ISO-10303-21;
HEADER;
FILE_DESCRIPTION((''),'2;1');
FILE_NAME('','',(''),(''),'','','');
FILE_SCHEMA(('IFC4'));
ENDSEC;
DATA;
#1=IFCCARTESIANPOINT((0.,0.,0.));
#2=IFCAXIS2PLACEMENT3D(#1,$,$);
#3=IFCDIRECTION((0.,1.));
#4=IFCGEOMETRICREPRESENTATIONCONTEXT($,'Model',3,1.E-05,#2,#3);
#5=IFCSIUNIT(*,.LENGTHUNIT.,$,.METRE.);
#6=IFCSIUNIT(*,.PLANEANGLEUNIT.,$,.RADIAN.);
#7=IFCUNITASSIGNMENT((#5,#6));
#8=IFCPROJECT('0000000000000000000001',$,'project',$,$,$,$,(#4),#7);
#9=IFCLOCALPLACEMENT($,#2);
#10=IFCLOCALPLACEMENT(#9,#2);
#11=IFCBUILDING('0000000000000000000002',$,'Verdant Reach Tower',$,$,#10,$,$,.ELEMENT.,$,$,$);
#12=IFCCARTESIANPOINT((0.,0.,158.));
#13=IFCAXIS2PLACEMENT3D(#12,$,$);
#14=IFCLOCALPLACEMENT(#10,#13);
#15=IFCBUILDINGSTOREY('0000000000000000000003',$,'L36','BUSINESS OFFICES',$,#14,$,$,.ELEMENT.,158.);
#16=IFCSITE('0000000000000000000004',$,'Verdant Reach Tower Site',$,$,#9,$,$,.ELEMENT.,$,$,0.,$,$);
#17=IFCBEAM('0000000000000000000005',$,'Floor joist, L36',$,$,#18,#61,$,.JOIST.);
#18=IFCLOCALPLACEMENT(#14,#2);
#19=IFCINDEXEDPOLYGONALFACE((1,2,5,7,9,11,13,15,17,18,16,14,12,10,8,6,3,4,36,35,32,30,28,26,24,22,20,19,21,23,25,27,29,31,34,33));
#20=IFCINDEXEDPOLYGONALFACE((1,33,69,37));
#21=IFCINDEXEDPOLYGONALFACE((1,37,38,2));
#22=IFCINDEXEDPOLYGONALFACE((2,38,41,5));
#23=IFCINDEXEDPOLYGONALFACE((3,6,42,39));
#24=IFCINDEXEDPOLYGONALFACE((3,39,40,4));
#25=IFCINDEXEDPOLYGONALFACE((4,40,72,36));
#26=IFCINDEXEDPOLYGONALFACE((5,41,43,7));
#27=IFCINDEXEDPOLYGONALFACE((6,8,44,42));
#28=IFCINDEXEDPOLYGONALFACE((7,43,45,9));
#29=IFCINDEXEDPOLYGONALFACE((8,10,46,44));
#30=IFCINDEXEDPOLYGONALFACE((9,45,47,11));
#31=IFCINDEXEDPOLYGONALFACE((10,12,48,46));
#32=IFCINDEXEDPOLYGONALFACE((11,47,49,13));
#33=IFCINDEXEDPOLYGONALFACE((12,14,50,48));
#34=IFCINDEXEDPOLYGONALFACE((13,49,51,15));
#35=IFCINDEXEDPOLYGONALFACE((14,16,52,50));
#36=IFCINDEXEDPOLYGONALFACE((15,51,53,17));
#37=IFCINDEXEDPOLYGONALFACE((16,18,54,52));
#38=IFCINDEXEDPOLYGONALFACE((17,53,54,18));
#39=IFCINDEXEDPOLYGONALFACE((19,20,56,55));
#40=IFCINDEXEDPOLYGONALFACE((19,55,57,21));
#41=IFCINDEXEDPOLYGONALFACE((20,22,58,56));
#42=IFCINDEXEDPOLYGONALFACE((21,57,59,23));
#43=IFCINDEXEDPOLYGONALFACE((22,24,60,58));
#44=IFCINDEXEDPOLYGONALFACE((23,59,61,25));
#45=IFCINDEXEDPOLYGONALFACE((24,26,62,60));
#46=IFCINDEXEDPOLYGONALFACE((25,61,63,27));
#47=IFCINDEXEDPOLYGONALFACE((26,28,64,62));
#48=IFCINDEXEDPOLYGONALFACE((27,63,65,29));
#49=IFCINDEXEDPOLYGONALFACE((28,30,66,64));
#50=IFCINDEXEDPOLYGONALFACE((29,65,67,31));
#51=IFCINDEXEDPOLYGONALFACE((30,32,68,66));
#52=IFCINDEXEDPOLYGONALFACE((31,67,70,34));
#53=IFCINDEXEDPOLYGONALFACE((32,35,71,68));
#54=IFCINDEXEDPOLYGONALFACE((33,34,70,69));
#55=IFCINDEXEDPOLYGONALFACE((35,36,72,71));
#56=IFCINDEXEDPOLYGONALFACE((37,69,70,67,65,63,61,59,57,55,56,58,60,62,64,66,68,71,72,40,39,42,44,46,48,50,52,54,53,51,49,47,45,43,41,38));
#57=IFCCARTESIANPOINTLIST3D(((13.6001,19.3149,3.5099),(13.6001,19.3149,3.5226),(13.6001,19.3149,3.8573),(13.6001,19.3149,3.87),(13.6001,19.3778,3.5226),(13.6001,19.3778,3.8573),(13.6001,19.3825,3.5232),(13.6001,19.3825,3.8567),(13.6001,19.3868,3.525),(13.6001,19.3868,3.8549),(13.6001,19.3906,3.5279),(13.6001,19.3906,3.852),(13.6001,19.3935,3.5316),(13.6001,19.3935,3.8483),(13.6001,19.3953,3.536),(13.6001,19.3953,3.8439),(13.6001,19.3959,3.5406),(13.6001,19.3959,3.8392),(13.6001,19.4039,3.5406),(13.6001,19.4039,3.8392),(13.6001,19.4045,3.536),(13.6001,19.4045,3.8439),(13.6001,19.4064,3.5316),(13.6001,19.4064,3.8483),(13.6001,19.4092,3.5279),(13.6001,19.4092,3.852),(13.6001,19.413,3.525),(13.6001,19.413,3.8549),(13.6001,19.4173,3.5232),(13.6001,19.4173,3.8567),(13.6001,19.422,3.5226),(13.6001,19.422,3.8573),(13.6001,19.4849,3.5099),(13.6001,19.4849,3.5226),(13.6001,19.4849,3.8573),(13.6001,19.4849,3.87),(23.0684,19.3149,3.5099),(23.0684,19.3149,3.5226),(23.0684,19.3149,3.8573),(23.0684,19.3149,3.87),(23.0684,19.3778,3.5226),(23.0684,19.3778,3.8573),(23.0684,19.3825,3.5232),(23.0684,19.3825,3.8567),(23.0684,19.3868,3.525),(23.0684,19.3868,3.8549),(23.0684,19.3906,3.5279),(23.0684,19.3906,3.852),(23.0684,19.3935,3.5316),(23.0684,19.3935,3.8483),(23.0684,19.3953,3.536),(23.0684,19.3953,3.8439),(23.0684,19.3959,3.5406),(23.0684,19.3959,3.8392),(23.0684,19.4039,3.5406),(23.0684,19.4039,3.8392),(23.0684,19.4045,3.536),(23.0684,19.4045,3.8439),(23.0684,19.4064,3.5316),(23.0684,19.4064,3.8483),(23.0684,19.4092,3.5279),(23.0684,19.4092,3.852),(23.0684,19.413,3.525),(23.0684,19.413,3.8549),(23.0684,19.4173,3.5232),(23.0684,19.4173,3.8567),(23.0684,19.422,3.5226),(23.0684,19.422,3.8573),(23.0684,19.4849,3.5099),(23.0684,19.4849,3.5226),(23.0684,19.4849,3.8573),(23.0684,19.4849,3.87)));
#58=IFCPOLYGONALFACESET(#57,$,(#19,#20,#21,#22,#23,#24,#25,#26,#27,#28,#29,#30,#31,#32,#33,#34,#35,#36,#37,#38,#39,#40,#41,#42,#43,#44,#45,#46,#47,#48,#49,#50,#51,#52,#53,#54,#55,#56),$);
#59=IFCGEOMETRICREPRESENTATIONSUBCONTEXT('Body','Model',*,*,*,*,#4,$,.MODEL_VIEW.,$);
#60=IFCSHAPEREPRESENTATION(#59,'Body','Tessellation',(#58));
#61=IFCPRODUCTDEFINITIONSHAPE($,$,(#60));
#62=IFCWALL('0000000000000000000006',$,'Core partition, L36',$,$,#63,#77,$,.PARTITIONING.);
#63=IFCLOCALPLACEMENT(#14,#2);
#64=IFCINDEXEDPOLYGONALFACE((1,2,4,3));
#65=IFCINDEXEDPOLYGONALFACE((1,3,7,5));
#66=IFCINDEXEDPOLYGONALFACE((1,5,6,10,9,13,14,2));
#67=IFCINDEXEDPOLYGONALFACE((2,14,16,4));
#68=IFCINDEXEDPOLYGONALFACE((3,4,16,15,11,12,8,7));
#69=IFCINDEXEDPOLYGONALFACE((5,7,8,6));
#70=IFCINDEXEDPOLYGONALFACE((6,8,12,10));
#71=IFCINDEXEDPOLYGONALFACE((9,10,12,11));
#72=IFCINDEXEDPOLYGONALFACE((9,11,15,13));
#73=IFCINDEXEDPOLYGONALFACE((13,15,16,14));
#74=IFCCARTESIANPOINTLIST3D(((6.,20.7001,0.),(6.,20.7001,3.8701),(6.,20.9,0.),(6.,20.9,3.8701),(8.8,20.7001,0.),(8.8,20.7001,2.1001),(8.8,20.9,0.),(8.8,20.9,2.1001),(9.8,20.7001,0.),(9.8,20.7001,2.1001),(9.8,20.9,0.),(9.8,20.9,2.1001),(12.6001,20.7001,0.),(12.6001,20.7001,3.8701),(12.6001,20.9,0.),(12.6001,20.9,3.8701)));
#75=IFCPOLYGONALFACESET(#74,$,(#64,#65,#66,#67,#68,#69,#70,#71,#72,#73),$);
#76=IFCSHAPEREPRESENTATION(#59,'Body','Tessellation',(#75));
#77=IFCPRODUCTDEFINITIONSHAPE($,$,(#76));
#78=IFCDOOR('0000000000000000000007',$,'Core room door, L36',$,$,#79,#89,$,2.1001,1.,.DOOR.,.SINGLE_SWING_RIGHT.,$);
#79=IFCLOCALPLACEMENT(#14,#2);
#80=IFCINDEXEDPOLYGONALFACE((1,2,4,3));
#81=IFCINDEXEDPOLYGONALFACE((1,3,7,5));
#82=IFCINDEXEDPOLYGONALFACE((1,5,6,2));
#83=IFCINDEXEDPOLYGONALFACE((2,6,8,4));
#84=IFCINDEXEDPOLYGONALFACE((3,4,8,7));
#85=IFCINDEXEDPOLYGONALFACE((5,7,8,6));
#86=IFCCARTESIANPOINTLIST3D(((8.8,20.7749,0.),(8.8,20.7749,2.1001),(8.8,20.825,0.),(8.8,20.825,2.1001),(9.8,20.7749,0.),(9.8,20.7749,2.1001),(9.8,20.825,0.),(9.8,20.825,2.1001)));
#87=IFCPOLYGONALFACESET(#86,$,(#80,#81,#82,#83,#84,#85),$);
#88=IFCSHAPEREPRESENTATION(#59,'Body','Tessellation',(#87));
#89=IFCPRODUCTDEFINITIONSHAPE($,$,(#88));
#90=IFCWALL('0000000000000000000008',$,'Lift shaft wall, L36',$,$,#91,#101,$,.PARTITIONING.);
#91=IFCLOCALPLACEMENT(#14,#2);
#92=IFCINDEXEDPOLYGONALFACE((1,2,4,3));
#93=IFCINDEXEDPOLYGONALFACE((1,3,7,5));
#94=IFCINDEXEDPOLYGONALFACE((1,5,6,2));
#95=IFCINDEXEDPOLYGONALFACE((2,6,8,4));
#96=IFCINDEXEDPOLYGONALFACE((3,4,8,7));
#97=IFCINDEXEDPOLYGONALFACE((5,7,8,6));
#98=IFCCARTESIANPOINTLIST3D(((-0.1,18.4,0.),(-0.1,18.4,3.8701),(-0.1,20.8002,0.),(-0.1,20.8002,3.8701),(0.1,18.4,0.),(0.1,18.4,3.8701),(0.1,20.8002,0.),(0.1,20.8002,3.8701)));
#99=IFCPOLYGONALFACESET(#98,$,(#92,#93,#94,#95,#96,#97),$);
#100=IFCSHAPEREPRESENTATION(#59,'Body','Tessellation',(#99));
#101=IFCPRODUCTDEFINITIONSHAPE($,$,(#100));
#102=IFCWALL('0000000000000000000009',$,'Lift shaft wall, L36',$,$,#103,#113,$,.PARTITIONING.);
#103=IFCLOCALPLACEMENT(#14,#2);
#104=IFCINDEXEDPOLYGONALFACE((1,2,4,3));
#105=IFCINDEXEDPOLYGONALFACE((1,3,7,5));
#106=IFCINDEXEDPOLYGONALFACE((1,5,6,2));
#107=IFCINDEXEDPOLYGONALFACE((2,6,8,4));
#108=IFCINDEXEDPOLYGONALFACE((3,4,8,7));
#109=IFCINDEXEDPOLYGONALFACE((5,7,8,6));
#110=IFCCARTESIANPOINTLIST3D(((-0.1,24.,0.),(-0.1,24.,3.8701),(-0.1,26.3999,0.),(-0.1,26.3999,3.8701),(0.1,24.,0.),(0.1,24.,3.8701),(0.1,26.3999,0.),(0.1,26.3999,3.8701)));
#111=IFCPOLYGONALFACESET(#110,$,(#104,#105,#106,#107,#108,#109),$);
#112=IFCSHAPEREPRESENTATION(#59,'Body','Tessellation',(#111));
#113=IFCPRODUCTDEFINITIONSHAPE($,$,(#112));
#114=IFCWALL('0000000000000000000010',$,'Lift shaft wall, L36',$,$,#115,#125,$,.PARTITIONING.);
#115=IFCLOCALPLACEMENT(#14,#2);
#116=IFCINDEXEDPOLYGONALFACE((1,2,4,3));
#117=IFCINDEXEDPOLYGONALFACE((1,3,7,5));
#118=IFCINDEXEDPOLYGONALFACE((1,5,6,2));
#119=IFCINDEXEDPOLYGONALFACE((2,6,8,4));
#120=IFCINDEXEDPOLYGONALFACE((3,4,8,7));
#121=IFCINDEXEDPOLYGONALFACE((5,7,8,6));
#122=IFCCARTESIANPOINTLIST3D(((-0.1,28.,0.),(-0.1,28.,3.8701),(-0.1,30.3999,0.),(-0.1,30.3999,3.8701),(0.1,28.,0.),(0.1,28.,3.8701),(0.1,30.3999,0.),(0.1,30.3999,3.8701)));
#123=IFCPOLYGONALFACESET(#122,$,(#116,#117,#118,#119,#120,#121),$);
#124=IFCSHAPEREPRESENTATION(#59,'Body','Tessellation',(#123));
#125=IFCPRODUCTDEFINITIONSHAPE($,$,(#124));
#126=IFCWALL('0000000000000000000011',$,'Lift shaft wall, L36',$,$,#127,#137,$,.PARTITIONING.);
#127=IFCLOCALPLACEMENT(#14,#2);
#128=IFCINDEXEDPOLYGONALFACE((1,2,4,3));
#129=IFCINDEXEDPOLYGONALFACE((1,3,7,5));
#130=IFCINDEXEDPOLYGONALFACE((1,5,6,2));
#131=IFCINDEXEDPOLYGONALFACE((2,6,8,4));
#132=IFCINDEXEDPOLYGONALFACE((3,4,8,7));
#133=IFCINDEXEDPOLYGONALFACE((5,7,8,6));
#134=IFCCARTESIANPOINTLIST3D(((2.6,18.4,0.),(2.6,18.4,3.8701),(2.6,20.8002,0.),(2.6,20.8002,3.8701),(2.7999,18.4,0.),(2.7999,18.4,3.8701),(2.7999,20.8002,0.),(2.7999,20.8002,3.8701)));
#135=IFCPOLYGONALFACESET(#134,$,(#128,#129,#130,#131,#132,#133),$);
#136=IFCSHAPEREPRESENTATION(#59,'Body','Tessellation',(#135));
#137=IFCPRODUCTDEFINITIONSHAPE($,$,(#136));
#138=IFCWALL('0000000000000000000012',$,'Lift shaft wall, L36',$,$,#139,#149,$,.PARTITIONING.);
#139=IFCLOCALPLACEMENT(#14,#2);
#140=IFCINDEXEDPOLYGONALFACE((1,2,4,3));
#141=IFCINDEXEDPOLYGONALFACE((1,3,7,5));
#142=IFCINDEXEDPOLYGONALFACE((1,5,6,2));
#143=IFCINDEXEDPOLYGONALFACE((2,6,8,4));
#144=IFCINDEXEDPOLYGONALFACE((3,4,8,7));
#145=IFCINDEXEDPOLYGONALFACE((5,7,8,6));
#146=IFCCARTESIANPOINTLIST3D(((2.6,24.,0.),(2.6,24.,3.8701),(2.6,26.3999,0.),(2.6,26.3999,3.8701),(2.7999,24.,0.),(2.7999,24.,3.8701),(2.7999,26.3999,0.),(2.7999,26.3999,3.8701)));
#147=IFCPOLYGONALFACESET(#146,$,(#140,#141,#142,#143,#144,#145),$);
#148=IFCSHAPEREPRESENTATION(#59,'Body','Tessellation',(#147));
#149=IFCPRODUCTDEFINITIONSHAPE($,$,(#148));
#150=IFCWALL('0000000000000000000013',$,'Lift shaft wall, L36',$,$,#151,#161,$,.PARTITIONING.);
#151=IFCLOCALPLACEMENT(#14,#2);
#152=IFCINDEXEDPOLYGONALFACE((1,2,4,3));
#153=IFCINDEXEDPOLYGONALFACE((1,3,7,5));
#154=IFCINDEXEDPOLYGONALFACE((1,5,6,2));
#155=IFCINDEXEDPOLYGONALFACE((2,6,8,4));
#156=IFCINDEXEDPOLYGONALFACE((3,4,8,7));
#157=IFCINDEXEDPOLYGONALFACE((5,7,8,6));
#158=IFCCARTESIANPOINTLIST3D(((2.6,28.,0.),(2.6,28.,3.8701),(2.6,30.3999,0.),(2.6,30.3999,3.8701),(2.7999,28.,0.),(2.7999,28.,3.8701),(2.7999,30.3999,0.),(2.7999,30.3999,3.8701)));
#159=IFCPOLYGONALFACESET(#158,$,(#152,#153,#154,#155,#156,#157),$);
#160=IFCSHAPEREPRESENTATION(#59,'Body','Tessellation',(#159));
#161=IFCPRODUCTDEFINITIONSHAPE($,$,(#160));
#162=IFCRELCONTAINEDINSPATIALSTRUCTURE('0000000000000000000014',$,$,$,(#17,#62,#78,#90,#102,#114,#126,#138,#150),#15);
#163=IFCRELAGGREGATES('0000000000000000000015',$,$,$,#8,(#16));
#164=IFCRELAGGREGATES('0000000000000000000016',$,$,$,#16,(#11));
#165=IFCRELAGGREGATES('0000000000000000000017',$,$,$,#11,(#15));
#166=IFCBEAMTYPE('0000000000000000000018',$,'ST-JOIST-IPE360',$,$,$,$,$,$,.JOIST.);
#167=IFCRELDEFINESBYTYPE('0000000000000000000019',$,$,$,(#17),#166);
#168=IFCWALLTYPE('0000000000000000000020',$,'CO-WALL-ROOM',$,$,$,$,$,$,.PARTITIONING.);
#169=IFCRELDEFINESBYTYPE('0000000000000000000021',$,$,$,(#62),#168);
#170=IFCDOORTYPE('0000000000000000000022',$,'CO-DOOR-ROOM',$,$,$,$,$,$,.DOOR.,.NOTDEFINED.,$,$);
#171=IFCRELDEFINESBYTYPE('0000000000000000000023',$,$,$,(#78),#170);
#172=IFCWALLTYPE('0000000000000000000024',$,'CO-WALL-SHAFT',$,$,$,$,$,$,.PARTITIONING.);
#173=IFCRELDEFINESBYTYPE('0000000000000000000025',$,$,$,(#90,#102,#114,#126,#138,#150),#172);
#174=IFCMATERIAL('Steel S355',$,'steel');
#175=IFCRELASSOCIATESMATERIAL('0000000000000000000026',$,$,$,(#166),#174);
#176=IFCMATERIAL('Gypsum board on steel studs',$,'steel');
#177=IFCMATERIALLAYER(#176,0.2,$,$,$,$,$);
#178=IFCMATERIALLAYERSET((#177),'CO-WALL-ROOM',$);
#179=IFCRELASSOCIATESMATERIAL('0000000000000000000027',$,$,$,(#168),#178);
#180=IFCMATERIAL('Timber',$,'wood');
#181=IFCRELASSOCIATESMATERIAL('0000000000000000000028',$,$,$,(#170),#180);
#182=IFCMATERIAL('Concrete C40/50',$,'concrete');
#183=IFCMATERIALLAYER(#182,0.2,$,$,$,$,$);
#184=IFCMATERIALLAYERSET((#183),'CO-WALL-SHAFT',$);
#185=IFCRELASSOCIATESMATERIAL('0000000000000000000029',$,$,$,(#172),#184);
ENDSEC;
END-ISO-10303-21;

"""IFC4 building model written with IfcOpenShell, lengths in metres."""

from ifc_helpers import new_model, si_unit, direction, frame, frame_2d, origin, origin_2d, place, context, subcontext, project, spatial, rectangle, i_section, extrude, material, layer, layer_set, material_profile, profile_set, type_object, element, fill, save


model = new_model("IFC4")

# Units and contexts
model_context = context("Model", 3, precision=1e-05, world=origin(), true_north=direction((0.0, 1.0)))
body_context = subcontext(model_context, "Body", "Model", "MODEL_VIEW")
ifc_project = project(units=[si_unit("LENGTHUNIT", "METRE"), si_unit("PLANEANGLEUNIT", "RADIAN")], contexts=[model_context])

# Site, building, storey
site_placement = place(None, origin())
site = spatial("IfcSite", under=ifc_project, at=site_placement, Name="Verdant Reach Tower Site", CompositionType="ELEMENT", RefElevation=0.0)
building_placement = place(site_placement, origin())
building = spatial("IfcBuilding", under=site, at=building_placement, Name="Verdant Reach Tower", CompositionType="ELEMENT")
storey_placement = place(building_placement, frame((0.0, 0.0, 158.0)))
storey = spatial("IfcBuildingStorey", under=building, at=storey_placement, Name="L36", Description="BUSINESS OFFICES", CompositionType="ELEMENT", Elevation=158.0)

# Beam
ifc_material_1 = material(Name="Steel S355", Category="steel")
ifc_material_profile = material_profile(ifc_material_1, i_section(OverallWidth=0.1699, OverallDepth=0.3601, WebThickness=0.0081, FlangeThickness=0.0127, FilletRadius=0.0181, at=origin_2d()), Name="IPE 360")
ifc_profile_set = profile_set([ifc_material_profile], Name="Steel S355")
beam_type = type_object("IfcBeamType", Name="ST-JOIST-IPE360", PredefinedType="JOIST", material=ifc_profile_set)
beam_placement = place(storey_placement, frame((13.6001, 19.3999, 3.6899), z_axis=(1.0, 0.0, 0.0), x_axis=(0.0, 1.0, 0.0)))
element("IfcBeam", 1, at=beam_placement, inside=storey, type_object=beam_type, Name="Floor joist, L36", PredefinedType="JOIST", context=body_context, shape_type="SweptSolid", body=[
    extrude(i_section(OverallWidth=0.1699, OverallDepth=0.3601, WebThickness=0.0081, FlangeThickness=0.0127, FilletRadius=0.0181, at=origin_2d()), origin(), (0.0, 0.0, 1.0), 9.4683),
])

# Wall, opening, door
ifc_material_2 = material(Name="Gypsum board on steel studs", Category="steel")
ifc_layer_1 = layer(ifc_material_2, 0.2)
ifc_layer_set_1 = layer_set([ifc_layer_1], Name="CO-WALL-ROOM")
wall_type_1 = type_object("IfcWallType", Name="CO-WALL-ROOM", PredefinedType="PARTITIONING", material=ifc_layer_set_1)
wall_1_placement = place(storey_placement, frame((6.0, 20.8, 0.0), z_axis=(0.0, 0.0, 1.0), x_axis=(1.0, 0.0, 0.0)))
wall_1 = element("IfcWall", 2, at=wall_1_placement, inside=storey, type_object=wall_type_1, Name="Core partition, L36", PredefinedType="PARTITIONING", context=body_context, shape_type="SweptSolid", body=[
    extrude(rectangle(XDim=6.6001, YDim=0.2, at=frame_2d((3.3, 0.0))), origin(), (0.0, 0.0, 1.0), 3.8701),
])
opening_1_placement = place(wall_1_placement, frame((2.8, 0.0, 0.0)))
opening_1 = element("IfcOpeningElement", 3, at=opening_1_placement, cuts=wall_1, PredefinedType="OPENING", context=body_context, shape_type="SweptSolid", body=[
    extrude(rectangle(XDim=1.0, YDim=2.1001, at=frame_2d((0.5, 1.05))), frame((0.0, 0.1099, 0.0), z_axis=(0.0, -1.0, 0.0), x_axis=(1.0, 0.0, 0.0)), (0.0, 0.0, 1.0), 0.22),
])
ifc_material_3 = material(Name="Timber", Category="wood")
door_type_1 = type_object("IfcDoorType", Name="CO-DOOR-ROOM", OperationType="NOTDEFINED", PredefinedType="DOOR", material=ifc_material_3)
door_1_placement = place(opening_1_placement, origin())
door_1 = element("IfcDoor", 4, at=door_1_placement, inside=storey, type_object=door_type_1, Name="Core room door, L36", OperationType="SINGLE_SWING_RIGHT", OverallHeight=2.1001, OverallWidth=1.0, PredefinedType="DOOR", context=body_context, shape_type="SweptSolid", body=[
    extrude(rectangle(XDim=1.0, YDim=2.1001, at=frame_2d((0.5, 1.05))), frame((0.0, 0.0249, 0.0), z_axis=(0.0, -1.0, 0.0), x_axis=(1.0, 0.0, 0.0)), (0.0, 0.0, 1.0), 0.05),
])
fill(opening_1, door_1)

# Walls
ifc_material_4 = material(Name="Concrete C40/50", Category="concrete")
ifc_layer_2 = layer(ifc_material_4, 0.2)
ifc_layer_set_2 = layer_set([ifc_layer_2], Name="CO-WALL-SHAFT")
wall_type_2 = type_object("IfcWallType", Name="CO-WALL-SHAFT", PredefinedType="PARTITIONING", material=ifc_layer_set_2)
wall_2_placement = place(storey_placement, frame((0.0, 18.3999, 0.0), z_axis=(0.0, 0.0, 1.0), x_axis=(0.0, 1.0, 0.0)))
element("IfcWall", 5, at=wall_2_placement, inside=storey, type_object=wall_type_2, Name="Lift shaft wall, L36", PredefinedType="PARTITIONING", context=body_context, shape_type="SweptSolid", body=[
    extrude(rectangle(XDim=2.4001, YDim=0.2, at=frame_2d((1.2002, 0.0))), origin(), (0.0, 0.0, 1.0), 3.8701),
])
for number, where, z_axis, x_axis, name in (
    (6, (0.0, 24.0, 0.0), (0.0, 0.0, 1.0), (0.0, 1.0, 0.0), "Lift shaft wall, L36"),
    (7, (0.0, 28.0, 0.0), (0.0, 0.0, 1.0), (0.0, 1.0, 0.0), "Lift shaft wall, L36"),
):
    element("IfcWall", number, at=place(storey_placement, frame(where, z_axis=z_axis, x_axis=x_axis)), inside=storey, type_object=wall_type_2, Name=name, PredefinedType="PARTITIONING", context=body_context, shape_type="SweptSolid", body=[
        extrude(rectangle(XDim=2.3999, YDim=0.2, at=frame_2d((1.2, 0.0))), origin(), (0.0, 0.0, 1.0), 3.8701),
    ])
wall_3_placement = place(storey_placement, frame((2.7, 18.3999, 0.0), z_axis=(0.0, 0.0, 1.0), x_axis=(0.0, 1.0, 0.0)))
element("IfcWall", 8, at=wall_3_placement, inside=storey, type_object=wall_type_2, Name="Lift shaft wall, L36", PredefinedType="PARTITIONING", context=body_context, shape_type="SweptSolid", body=[
    extrude(rectangle(XDim=2.4001, YDim=0.2, at=frame_2d((1.2002, 0.0))), origin(), (0.0, 0.0, 1.0), 3.8701),
])
for number, where, z_axis, x_axis, name in (
    (9, (2.7, 24.0, 0.0), (0.0, 0.0, 1.0), (0.0, 1.0, 0.0), "Lift shaft wall, L36"),
    (10, (2.7, 28.0, 0.0), (0.0, 0.0, 1.0), (0.0, 1.0, 0.0), "Lift shaft wall, L36"),
):
    element("IfcWall", number, at=place(storey_placement, frame(where, z_axis=z_axis, x_axis=x_axis)), inside=storey, type_object=wall_type_2, Name=name, PredefinedType="PARTITIONING", context=body_context, shape_type="SweptSolid", body=[
        extrude(rectangle(XDim=2.3999, YDim=0.2, at=frame_2d((1.2, 0.0))), origin(), (0.0, 0.0, 1.0), 3.8701),
    ])

save(model, "model.ifc")
